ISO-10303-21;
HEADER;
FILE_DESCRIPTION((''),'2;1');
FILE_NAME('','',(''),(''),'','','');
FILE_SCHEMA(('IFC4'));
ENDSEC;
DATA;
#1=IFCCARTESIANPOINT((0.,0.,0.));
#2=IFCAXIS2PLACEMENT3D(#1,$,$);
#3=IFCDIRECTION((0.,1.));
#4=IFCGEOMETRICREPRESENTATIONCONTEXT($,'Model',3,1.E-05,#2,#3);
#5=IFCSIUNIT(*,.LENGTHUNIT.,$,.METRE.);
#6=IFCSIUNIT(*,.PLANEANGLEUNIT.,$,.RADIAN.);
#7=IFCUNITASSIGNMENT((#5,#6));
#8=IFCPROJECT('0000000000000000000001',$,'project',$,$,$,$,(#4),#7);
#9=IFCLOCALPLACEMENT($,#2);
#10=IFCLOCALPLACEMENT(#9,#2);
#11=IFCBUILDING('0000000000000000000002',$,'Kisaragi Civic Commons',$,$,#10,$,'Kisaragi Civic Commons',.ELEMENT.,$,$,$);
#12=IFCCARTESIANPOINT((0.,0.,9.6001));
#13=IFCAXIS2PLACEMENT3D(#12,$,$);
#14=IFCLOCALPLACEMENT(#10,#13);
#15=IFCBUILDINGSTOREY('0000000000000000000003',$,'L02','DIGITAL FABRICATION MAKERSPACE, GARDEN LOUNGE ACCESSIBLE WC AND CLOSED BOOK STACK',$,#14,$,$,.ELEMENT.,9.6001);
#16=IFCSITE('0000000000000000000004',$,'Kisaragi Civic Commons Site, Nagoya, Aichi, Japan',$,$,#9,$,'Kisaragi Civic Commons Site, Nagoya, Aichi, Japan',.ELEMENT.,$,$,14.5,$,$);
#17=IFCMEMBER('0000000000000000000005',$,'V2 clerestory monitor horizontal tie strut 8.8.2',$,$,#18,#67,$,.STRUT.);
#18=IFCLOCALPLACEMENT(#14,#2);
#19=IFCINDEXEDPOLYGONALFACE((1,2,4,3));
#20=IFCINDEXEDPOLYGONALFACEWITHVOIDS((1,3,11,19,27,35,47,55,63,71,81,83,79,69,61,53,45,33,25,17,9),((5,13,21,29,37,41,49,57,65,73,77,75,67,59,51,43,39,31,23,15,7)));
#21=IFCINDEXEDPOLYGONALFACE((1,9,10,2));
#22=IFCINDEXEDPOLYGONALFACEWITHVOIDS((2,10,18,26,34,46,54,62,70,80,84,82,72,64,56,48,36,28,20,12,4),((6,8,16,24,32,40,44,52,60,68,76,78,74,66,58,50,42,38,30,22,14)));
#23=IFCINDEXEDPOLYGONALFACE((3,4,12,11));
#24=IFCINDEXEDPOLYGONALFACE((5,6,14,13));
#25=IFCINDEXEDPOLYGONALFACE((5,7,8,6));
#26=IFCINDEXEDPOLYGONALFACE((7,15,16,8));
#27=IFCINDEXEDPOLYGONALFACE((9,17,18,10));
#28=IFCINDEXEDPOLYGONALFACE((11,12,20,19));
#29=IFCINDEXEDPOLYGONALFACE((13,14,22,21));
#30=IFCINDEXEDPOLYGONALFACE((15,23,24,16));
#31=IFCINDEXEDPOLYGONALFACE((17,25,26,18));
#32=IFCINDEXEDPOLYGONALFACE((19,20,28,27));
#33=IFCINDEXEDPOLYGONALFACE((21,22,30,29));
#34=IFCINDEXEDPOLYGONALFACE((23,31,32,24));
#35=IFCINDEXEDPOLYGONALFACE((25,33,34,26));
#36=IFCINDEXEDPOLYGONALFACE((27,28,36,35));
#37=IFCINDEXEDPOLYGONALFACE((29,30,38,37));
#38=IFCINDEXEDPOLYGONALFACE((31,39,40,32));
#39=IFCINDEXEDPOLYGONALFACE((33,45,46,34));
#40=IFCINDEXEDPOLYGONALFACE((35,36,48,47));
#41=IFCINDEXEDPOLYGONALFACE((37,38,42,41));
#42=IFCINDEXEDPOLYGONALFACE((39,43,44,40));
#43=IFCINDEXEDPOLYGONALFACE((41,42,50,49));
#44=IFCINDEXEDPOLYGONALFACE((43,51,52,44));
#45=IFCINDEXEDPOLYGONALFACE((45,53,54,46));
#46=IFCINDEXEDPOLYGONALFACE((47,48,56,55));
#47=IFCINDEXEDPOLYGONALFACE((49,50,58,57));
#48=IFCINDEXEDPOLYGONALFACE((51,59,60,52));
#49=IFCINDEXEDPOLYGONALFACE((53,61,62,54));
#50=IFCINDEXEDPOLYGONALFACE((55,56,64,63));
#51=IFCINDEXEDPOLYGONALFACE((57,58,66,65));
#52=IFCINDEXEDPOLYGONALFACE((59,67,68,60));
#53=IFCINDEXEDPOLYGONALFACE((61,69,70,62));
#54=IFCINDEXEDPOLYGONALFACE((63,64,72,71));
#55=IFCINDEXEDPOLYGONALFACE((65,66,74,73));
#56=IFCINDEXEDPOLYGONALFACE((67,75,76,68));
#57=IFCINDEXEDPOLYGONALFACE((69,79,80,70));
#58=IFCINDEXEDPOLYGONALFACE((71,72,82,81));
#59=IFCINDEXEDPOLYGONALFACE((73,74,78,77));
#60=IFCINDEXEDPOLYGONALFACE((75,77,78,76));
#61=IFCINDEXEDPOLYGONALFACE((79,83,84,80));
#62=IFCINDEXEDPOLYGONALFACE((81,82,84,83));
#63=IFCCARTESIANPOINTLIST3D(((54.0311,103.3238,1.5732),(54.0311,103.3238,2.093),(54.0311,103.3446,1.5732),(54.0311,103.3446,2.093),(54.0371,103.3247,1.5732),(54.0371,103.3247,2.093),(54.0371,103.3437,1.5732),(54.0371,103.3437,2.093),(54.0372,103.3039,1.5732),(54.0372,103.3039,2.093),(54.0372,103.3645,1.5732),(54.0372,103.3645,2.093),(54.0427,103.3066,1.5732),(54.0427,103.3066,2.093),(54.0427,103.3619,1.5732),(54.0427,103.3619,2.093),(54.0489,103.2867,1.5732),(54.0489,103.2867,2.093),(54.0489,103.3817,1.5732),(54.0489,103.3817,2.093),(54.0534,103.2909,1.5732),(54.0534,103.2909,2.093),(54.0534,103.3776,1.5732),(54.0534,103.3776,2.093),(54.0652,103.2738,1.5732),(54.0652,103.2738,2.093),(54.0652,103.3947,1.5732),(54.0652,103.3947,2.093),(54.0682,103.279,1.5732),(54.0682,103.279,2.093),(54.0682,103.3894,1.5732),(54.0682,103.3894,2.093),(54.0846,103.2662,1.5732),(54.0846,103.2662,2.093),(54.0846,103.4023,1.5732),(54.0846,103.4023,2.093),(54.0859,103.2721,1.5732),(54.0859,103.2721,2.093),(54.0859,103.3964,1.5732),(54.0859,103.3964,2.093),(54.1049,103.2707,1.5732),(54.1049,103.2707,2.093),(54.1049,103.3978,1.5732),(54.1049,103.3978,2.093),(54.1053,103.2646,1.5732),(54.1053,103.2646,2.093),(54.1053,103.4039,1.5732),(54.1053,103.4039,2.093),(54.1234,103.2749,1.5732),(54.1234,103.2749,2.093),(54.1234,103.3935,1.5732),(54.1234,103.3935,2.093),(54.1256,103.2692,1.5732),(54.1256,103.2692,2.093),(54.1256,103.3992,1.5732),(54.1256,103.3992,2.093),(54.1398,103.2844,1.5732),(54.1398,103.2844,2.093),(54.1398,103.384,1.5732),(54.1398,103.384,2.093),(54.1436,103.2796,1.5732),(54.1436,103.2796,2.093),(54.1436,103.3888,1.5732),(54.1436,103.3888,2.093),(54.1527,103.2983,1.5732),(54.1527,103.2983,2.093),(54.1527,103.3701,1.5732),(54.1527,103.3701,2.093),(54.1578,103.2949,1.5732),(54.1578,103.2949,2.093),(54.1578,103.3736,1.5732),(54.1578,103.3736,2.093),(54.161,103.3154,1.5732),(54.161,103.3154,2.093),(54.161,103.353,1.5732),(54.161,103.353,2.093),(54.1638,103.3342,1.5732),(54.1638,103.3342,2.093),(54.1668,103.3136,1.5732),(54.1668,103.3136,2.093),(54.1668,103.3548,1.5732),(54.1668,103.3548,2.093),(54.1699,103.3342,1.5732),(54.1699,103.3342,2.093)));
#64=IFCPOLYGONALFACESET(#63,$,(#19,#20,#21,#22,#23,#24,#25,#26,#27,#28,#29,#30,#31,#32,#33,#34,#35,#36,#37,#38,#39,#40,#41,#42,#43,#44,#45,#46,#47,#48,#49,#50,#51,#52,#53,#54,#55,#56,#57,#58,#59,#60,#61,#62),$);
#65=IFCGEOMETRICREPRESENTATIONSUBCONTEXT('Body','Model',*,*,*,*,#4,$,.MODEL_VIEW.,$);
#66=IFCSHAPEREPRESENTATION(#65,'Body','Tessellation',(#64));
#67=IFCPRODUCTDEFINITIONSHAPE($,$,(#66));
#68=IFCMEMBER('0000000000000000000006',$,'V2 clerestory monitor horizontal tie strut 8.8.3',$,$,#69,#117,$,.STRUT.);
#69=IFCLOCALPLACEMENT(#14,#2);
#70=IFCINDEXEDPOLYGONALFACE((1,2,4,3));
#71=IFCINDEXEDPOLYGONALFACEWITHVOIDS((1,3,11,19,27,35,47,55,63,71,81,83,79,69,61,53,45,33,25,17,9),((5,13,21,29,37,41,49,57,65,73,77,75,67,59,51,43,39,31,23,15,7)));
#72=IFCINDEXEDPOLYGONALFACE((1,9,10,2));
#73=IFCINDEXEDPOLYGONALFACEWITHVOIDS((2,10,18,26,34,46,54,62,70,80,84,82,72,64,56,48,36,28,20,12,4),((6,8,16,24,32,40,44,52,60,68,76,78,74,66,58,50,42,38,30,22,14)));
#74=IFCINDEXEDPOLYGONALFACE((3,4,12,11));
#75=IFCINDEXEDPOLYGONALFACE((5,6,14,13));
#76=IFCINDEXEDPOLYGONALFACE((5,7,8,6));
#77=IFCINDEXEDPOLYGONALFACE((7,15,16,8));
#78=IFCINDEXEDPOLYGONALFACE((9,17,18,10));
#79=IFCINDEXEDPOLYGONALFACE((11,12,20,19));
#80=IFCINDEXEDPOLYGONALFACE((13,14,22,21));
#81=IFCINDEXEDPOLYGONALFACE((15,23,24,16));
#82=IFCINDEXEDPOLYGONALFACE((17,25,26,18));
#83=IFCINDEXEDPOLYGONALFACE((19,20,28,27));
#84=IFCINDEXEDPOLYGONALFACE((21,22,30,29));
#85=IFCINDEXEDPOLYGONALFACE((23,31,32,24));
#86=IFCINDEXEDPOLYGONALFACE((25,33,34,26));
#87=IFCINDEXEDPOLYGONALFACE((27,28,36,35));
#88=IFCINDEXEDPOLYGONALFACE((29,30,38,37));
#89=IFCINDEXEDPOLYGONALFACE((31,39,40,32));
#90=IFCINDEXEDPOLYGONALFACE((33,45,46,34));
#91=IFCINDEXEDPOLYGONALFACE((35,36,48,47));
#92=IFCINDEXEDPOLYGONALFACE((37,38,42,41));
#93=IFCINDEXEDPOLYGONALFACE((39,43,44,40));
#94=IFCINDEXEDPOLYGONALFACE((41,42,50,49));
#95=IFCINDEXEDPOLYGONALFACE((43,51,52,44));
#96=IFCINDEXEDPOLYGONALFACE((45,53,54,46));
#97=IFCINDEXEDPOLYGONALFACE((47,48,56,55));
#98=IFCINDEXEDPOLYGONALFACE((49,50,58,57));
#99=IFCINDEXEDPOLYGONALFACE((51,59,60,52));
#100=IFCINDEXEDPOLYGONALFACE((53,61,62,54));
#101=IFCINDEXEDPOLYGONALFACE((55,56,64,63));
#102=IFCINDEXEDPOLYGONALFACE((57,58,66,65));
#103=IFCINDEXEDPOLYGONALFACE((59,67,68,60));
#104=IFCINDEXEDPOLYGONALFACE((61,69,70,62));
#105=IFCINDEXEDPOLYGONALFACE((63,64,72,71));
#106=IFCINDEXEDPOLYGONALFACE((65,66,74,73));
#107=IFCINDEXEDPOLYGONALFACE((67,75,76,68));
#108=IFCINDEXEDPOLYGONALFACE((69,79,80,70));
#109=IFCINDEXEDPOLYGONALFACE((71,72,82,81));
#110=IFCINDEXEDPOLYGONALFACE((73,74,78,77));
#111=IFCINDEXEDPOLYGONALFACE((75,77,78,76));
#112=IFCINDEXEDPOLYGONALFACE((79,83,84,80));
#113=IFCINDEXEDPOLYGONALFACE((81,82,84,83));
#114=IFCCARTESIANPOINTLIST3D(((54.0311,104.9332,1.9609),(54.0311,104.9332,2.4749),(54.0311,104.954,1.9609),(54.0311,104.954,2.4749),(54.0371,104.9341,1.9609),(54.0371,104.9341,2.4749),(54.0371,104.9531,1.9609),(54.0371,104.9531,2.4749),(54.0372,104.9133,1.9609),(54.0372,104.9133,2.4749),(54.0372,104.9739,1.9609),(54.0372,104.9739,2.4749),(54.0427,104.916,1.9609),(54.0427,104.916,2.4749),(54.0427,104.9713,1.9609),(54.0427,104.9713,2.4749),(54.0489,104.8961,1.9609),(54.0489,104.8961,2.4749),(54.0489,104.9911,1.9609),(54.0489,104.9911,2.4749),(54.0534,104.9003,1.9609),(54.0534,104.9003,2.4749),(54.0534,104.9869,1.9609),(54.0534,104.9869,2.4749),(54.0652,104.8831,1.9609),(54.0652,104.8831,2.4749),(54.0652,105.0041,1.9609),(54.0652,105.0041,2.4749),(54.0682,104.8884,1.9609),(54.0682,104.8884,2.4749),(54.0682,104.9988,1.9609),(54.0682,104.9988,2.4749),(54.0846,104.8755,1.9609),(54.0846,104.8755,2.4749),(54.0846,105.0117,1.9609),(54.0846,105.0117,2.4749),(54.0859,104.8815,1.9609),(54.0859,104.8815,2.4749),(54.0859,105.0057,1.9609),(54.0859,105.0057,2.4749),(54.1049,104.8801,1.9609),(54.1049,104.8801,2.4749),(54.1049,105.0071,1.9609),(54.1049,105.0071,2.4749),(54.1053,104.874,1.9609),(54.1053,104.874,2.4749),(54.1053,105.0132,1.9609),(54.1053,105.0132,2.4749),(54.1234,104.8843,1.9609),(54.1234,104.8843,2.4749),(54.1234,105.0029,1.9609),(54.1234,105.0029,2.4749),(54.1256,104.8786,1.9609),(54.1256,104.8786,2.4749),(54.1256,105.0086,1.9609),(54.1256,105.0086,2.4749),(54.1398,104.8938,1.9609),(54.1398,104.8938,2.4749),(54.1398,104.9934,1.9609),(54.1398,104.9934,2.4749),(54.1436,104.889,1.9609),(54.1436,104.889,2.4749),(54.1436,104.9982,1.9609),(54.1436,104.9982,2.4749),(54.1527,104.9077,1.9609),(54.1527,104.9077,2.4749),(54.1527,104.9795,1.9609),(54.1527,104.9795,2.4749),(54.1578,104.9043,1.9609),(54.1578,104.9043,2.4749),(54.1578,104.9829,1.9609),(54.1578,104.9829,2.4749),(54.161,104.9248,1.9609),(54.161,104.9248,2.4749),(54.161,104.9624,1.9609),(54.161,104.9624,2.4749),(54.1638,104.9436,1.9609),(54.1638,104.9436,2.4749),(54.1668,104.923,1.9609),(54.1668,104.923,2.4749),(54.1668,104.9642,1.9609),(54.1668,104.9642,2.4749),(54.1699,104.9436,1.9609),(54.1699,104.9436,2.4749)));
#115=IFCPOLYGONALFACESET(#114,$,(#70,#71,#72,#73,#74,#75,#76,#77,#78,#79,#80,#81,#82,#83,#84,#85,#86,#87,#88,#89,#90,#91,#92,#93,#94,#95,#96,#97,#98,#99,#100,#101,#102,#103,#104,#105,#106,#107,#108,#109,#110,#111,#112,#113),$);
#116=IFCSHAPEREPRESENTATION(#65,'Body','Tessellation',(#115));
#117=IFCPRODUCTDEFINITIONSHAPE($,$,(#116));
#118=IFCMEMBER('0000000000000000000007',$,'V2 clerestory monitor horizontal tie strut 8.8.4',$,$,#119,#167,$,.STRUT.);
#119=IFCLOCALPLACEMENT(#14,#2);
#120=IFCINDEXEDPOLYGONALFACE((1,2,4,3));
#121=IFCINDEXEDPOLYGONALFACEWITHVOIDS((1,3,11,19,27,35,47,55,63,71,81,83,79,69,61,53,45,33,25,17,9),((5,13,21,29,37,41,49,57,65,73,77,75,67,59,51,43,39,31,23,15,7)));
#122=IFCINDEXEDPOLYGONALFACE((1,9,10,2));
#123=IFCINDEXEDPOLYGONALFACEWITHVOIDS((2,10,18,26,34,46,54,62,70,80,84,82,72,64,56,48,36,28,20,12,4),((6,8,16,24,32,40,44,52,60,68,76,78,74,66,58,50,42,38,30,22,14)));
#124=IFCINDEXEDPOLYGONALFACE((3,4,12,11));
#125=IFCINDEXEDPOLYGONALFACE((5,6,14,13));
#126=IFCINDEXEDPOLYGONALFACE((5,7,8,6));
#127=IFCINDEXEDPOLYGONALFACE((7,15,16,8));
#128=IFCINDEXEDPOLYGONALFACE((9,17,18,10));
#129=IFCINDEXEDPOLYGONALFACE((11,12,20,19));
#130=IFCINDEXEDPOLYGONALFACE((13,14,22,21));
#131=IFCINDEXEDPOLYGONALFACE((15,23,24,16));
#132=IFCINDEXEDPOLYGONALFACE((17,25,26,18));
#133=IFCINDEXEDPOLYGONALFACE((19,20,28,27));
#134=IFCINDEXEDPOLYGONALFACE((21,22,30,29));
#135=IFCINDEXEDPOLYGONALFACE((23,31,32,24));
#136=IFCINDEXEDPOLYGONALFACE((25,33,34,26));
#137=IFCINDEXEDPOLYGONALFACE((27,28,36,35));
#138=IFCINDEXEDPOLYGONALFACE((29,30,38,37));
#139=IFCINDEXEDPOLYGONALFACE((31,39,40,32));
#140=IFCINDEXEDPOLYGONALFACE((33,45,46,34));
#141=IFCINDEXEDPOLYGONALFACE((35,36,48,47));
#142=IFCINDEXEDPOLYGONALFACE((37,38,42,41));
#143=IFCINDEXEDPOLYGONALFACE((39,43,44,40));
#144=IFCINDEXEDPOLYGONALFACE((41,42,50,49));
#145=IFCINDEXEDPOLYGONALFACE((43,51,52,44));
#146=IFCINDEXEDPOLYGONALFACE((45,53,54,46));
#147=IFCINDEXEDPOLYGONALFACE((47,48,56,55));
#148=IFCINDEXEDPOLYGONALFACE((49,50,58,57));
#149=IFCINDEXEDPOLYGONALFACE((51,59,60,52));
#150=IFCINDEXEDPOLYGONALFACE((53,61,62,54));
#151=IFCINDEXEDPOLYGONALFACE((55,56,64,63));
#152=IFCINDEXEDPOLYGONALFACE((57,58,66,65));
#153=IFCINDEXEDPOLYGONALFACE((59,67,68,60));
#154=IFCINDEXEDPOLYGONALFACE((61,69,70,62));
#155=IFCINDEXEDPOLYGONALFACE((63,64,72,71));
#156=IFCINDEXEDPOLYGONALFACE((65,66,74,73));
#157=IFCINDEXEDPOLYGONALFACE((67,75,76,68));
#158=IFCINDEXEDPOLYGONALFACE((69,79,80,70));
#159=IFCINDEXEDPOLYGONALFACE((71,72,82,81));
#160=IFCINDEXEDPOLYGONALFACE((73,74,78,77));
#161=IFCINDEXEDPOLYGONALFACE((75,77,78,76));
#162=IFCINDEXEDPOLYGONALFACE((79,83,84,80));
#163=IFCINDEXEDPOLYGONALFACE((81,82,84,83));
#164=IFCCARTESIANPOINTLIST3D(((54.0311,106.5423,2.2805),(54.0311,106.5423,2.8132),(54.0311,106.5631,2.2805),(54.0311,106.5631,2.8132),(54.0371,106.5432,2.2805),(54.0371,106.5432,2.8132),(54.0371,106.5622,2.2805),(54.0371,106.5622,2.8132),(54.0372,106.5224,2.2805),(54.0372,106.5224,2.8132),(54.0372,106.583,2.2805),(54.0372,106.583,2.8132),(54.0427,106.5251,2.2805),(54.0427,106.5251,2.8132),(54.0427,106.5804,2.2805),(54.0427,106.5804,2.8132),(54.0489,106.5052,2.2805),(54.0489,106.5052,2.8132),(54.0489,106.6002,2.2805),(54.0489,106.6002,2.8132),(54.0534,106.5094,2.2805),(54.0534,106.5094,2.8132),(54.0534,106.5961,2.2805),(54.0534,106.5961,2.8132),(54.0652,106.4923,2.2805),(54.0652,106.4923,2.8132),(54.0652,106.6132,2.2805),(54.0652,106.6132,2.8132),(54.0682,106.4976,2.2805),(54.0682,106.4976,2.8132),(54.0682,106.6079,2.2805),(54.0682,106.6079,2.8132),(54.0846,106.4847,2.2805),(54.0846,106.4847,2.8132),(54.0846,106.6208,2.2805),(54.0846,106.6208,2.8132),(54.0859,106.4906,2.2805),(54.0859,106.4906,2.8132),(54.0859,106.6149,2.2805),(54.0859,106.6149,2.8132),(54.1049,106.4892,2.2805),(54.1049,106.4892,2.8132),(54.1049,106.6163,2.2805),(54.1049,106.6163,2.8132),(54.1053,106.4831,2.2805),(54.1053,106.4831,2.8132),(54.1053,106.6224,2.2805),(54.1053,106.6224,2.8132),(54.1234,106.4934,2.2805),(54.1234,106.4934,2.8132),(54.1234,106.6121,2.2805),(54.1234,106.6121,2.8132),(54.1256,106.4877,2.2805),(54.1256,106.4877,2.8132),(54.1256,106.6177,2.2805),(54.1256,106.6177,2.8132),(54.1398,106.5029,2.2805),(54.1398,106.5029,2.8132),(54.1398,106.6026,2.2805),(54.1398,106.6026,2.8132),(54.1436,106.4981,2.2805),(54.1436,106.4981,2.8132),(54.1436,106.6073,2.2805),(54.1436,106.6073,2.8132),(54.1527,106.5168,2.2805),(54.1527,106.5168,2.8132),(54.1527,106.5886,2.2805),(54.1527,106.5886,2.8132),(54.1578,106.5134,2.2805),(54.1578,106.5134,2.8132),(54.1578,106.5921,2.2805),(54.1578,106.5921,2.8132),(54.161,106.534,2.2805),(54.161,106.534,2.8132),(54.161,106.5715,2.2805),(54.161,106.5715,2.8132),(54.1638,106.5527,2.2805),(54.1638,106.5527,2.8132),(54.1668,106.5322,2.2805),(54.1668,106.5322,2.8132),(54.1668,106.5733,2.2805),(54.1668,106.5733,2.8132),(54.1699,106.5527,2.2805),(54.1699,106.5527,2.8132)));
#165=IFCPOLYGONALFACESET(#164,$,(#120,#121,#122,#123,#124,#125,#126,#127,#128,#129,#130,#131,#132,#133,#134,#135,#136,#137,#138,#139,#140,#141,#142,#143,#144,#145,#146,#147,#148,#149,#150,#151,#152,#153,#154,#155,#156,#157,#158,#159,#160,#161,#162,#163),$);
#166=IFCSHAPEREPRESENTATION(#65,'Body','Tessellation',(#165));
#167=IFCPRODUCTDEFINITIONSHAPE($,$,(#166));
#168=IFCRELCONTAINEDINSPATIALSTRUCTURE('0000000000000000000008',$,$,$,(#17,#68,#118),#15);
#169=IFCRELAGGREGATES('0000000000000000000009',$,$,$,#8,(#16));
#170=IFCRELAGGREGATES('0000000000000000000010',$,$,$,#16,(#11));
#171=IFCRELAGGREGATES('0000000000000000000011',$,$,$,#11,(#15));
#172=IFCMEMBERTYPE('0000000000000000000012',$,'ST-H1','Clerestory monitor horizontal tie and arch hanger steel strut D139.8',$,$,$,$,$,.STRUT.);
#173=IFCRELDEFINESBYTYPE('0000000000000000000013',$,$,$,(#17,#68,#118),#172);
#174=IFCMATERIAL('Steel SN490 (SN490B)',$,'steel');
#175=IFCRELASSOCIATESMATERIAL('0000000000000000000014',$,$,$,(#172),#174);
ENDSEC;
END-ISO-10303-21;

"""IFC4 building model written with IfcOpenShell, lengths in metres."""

from ifc_helpers import new_model, si_unit, direction, frame, origin, origin_2d, place, context, subcontext, project, spatial, hollow_circle, extrude, material, material_profile, profile_set, type_object, element, save


model = new_model("IFC4")

# Units and contexts
model_context = context("Model", 3, precision=1e-05, world=origin(), true_north=direction((0.0, 1.0)))
body_context = subcontext(model_context, "Body", "Model", "MODEL_VIEW")
ifc_project = project(units=[si_unit("LENGTHUNIT", "METRE"), si_unit("PLANEANGLEUNIT", "RADIAN")], contexts=[model_context])

# Site, building, storey
site_placement = place(None, origin())
site = spatial("IfcSite", under=ifc_project, at=site_placement, Name="Kisaragi Civic Commons Site, Nagoya, Aichi, Japan", LongName="Kisaragi Civic Commons Site, Nagoya, Aichi, Japan", CompositionType="ELEMENT", RefElevation=14.5)
building_placement = place(site_placement, origin())
building = spatial("IfcBuilding", under=site, at=building_placement, Name="Kisaragi Civic Commons", LongName="Kisaragi Civic Commons", CompositionType="ELEMENT")
storey_placement = place(building_placement, frame((0.0, 0.0, 9.6001)))
storey = spatial("IfcBuildingStorey", under=building, at=storey_placement, Name="L02", Description="DIGITAL FABRICATION MAKERSPACE, GARDEN LOUNGE ACCESSIBLE WC AND CLOSED BOOK STACK", CompositionType="ELEMENT", Elevation=9.6001)

# Members
ifc_material_1 = material(Name="Steel SN490 (SN490B)", Category="steel")
ifc_material_profile_1 = material_profile(ifc_material_1, hollow_circle(Radius=0.0698, WallThickness=0.0061, at=origin_2d()), Name="CHS-139.8x6.0", Category="steel")
ifc_profile_set_1 = profile_set([ifc_material_profile_1], Name="Steel SN490 (SN490B)")
member_type_1 = type_object("IfcMemberType", Name="ST-H1", Description="Clerestory monitor horizontal tie and arch hanger steel strut D139.8", PredefinedType="STRUT", material=ifc_profile_set_1)
member_1_placement = place(storey_placement, frame((54.1001, 103.3342, 1.5732), z_axis=(0.0, 0.0, 1.0), x_axis=(1.0, 0.0, 0.0)))
element("IfcMember", 1, at=member_1_placement, inside=storey, type_object=member_type_1, Name="V2 clerestory monitor horizontal tie strut 8.8.2", PredefinedType="STRUT", context=body_context, shape_type="SweptSolid", body=[
    extrude(hollow_circle(Radius=0.0698, WallThickness=0.0061, at=origin_2d()), origin(), (0.0, 0.0, 1.0), 0.5198),
])
member_2_placement = place(storey_placement, frame((54.1001, 104.9436, 1.9609), z_axis=(0.0, 0.0, 1.0), x_axis=(1.0, 0.0, 0.0)))
element("IfcMember", 2, at=member_2_placement, inside=storey, type_object=member_type_1, Name="V2 clerestory monitor horizontal tie strut 8.8.3", PredefinedType="STRUT", context=body_context, shape_type="SweptSolid", body=[
    extrude(hollow_circle(Radius=0.0698, WallThickness=0.0061, at=origin_2d()), origin(), (0.0, 0.0, 1.0), 0.5139),
])
member_3_placement = place(storey_placement, frame((54.1001, 106.5527, 2.2805), z_axis=(0.0, 0.0, 1.0), x_axis=(1.0, 0.0, 0.0)))
element("IfcMember", 3, at=member_3_placement, inside=storey, type_object=member_type_1, Name="V2 clerestory monitor horizontal tie strut 8.8.4", PredefinedType="STRUT", context=body_context, shape_type="SweptSolid", body=[
    extrude(hollow_circle(Radius=0.0698, WallThickness=0.0061, at=origin_2d()), origin(), (0.0, 0.0, 1.0), 0.5327),
])

save(model, "model.ifc")
